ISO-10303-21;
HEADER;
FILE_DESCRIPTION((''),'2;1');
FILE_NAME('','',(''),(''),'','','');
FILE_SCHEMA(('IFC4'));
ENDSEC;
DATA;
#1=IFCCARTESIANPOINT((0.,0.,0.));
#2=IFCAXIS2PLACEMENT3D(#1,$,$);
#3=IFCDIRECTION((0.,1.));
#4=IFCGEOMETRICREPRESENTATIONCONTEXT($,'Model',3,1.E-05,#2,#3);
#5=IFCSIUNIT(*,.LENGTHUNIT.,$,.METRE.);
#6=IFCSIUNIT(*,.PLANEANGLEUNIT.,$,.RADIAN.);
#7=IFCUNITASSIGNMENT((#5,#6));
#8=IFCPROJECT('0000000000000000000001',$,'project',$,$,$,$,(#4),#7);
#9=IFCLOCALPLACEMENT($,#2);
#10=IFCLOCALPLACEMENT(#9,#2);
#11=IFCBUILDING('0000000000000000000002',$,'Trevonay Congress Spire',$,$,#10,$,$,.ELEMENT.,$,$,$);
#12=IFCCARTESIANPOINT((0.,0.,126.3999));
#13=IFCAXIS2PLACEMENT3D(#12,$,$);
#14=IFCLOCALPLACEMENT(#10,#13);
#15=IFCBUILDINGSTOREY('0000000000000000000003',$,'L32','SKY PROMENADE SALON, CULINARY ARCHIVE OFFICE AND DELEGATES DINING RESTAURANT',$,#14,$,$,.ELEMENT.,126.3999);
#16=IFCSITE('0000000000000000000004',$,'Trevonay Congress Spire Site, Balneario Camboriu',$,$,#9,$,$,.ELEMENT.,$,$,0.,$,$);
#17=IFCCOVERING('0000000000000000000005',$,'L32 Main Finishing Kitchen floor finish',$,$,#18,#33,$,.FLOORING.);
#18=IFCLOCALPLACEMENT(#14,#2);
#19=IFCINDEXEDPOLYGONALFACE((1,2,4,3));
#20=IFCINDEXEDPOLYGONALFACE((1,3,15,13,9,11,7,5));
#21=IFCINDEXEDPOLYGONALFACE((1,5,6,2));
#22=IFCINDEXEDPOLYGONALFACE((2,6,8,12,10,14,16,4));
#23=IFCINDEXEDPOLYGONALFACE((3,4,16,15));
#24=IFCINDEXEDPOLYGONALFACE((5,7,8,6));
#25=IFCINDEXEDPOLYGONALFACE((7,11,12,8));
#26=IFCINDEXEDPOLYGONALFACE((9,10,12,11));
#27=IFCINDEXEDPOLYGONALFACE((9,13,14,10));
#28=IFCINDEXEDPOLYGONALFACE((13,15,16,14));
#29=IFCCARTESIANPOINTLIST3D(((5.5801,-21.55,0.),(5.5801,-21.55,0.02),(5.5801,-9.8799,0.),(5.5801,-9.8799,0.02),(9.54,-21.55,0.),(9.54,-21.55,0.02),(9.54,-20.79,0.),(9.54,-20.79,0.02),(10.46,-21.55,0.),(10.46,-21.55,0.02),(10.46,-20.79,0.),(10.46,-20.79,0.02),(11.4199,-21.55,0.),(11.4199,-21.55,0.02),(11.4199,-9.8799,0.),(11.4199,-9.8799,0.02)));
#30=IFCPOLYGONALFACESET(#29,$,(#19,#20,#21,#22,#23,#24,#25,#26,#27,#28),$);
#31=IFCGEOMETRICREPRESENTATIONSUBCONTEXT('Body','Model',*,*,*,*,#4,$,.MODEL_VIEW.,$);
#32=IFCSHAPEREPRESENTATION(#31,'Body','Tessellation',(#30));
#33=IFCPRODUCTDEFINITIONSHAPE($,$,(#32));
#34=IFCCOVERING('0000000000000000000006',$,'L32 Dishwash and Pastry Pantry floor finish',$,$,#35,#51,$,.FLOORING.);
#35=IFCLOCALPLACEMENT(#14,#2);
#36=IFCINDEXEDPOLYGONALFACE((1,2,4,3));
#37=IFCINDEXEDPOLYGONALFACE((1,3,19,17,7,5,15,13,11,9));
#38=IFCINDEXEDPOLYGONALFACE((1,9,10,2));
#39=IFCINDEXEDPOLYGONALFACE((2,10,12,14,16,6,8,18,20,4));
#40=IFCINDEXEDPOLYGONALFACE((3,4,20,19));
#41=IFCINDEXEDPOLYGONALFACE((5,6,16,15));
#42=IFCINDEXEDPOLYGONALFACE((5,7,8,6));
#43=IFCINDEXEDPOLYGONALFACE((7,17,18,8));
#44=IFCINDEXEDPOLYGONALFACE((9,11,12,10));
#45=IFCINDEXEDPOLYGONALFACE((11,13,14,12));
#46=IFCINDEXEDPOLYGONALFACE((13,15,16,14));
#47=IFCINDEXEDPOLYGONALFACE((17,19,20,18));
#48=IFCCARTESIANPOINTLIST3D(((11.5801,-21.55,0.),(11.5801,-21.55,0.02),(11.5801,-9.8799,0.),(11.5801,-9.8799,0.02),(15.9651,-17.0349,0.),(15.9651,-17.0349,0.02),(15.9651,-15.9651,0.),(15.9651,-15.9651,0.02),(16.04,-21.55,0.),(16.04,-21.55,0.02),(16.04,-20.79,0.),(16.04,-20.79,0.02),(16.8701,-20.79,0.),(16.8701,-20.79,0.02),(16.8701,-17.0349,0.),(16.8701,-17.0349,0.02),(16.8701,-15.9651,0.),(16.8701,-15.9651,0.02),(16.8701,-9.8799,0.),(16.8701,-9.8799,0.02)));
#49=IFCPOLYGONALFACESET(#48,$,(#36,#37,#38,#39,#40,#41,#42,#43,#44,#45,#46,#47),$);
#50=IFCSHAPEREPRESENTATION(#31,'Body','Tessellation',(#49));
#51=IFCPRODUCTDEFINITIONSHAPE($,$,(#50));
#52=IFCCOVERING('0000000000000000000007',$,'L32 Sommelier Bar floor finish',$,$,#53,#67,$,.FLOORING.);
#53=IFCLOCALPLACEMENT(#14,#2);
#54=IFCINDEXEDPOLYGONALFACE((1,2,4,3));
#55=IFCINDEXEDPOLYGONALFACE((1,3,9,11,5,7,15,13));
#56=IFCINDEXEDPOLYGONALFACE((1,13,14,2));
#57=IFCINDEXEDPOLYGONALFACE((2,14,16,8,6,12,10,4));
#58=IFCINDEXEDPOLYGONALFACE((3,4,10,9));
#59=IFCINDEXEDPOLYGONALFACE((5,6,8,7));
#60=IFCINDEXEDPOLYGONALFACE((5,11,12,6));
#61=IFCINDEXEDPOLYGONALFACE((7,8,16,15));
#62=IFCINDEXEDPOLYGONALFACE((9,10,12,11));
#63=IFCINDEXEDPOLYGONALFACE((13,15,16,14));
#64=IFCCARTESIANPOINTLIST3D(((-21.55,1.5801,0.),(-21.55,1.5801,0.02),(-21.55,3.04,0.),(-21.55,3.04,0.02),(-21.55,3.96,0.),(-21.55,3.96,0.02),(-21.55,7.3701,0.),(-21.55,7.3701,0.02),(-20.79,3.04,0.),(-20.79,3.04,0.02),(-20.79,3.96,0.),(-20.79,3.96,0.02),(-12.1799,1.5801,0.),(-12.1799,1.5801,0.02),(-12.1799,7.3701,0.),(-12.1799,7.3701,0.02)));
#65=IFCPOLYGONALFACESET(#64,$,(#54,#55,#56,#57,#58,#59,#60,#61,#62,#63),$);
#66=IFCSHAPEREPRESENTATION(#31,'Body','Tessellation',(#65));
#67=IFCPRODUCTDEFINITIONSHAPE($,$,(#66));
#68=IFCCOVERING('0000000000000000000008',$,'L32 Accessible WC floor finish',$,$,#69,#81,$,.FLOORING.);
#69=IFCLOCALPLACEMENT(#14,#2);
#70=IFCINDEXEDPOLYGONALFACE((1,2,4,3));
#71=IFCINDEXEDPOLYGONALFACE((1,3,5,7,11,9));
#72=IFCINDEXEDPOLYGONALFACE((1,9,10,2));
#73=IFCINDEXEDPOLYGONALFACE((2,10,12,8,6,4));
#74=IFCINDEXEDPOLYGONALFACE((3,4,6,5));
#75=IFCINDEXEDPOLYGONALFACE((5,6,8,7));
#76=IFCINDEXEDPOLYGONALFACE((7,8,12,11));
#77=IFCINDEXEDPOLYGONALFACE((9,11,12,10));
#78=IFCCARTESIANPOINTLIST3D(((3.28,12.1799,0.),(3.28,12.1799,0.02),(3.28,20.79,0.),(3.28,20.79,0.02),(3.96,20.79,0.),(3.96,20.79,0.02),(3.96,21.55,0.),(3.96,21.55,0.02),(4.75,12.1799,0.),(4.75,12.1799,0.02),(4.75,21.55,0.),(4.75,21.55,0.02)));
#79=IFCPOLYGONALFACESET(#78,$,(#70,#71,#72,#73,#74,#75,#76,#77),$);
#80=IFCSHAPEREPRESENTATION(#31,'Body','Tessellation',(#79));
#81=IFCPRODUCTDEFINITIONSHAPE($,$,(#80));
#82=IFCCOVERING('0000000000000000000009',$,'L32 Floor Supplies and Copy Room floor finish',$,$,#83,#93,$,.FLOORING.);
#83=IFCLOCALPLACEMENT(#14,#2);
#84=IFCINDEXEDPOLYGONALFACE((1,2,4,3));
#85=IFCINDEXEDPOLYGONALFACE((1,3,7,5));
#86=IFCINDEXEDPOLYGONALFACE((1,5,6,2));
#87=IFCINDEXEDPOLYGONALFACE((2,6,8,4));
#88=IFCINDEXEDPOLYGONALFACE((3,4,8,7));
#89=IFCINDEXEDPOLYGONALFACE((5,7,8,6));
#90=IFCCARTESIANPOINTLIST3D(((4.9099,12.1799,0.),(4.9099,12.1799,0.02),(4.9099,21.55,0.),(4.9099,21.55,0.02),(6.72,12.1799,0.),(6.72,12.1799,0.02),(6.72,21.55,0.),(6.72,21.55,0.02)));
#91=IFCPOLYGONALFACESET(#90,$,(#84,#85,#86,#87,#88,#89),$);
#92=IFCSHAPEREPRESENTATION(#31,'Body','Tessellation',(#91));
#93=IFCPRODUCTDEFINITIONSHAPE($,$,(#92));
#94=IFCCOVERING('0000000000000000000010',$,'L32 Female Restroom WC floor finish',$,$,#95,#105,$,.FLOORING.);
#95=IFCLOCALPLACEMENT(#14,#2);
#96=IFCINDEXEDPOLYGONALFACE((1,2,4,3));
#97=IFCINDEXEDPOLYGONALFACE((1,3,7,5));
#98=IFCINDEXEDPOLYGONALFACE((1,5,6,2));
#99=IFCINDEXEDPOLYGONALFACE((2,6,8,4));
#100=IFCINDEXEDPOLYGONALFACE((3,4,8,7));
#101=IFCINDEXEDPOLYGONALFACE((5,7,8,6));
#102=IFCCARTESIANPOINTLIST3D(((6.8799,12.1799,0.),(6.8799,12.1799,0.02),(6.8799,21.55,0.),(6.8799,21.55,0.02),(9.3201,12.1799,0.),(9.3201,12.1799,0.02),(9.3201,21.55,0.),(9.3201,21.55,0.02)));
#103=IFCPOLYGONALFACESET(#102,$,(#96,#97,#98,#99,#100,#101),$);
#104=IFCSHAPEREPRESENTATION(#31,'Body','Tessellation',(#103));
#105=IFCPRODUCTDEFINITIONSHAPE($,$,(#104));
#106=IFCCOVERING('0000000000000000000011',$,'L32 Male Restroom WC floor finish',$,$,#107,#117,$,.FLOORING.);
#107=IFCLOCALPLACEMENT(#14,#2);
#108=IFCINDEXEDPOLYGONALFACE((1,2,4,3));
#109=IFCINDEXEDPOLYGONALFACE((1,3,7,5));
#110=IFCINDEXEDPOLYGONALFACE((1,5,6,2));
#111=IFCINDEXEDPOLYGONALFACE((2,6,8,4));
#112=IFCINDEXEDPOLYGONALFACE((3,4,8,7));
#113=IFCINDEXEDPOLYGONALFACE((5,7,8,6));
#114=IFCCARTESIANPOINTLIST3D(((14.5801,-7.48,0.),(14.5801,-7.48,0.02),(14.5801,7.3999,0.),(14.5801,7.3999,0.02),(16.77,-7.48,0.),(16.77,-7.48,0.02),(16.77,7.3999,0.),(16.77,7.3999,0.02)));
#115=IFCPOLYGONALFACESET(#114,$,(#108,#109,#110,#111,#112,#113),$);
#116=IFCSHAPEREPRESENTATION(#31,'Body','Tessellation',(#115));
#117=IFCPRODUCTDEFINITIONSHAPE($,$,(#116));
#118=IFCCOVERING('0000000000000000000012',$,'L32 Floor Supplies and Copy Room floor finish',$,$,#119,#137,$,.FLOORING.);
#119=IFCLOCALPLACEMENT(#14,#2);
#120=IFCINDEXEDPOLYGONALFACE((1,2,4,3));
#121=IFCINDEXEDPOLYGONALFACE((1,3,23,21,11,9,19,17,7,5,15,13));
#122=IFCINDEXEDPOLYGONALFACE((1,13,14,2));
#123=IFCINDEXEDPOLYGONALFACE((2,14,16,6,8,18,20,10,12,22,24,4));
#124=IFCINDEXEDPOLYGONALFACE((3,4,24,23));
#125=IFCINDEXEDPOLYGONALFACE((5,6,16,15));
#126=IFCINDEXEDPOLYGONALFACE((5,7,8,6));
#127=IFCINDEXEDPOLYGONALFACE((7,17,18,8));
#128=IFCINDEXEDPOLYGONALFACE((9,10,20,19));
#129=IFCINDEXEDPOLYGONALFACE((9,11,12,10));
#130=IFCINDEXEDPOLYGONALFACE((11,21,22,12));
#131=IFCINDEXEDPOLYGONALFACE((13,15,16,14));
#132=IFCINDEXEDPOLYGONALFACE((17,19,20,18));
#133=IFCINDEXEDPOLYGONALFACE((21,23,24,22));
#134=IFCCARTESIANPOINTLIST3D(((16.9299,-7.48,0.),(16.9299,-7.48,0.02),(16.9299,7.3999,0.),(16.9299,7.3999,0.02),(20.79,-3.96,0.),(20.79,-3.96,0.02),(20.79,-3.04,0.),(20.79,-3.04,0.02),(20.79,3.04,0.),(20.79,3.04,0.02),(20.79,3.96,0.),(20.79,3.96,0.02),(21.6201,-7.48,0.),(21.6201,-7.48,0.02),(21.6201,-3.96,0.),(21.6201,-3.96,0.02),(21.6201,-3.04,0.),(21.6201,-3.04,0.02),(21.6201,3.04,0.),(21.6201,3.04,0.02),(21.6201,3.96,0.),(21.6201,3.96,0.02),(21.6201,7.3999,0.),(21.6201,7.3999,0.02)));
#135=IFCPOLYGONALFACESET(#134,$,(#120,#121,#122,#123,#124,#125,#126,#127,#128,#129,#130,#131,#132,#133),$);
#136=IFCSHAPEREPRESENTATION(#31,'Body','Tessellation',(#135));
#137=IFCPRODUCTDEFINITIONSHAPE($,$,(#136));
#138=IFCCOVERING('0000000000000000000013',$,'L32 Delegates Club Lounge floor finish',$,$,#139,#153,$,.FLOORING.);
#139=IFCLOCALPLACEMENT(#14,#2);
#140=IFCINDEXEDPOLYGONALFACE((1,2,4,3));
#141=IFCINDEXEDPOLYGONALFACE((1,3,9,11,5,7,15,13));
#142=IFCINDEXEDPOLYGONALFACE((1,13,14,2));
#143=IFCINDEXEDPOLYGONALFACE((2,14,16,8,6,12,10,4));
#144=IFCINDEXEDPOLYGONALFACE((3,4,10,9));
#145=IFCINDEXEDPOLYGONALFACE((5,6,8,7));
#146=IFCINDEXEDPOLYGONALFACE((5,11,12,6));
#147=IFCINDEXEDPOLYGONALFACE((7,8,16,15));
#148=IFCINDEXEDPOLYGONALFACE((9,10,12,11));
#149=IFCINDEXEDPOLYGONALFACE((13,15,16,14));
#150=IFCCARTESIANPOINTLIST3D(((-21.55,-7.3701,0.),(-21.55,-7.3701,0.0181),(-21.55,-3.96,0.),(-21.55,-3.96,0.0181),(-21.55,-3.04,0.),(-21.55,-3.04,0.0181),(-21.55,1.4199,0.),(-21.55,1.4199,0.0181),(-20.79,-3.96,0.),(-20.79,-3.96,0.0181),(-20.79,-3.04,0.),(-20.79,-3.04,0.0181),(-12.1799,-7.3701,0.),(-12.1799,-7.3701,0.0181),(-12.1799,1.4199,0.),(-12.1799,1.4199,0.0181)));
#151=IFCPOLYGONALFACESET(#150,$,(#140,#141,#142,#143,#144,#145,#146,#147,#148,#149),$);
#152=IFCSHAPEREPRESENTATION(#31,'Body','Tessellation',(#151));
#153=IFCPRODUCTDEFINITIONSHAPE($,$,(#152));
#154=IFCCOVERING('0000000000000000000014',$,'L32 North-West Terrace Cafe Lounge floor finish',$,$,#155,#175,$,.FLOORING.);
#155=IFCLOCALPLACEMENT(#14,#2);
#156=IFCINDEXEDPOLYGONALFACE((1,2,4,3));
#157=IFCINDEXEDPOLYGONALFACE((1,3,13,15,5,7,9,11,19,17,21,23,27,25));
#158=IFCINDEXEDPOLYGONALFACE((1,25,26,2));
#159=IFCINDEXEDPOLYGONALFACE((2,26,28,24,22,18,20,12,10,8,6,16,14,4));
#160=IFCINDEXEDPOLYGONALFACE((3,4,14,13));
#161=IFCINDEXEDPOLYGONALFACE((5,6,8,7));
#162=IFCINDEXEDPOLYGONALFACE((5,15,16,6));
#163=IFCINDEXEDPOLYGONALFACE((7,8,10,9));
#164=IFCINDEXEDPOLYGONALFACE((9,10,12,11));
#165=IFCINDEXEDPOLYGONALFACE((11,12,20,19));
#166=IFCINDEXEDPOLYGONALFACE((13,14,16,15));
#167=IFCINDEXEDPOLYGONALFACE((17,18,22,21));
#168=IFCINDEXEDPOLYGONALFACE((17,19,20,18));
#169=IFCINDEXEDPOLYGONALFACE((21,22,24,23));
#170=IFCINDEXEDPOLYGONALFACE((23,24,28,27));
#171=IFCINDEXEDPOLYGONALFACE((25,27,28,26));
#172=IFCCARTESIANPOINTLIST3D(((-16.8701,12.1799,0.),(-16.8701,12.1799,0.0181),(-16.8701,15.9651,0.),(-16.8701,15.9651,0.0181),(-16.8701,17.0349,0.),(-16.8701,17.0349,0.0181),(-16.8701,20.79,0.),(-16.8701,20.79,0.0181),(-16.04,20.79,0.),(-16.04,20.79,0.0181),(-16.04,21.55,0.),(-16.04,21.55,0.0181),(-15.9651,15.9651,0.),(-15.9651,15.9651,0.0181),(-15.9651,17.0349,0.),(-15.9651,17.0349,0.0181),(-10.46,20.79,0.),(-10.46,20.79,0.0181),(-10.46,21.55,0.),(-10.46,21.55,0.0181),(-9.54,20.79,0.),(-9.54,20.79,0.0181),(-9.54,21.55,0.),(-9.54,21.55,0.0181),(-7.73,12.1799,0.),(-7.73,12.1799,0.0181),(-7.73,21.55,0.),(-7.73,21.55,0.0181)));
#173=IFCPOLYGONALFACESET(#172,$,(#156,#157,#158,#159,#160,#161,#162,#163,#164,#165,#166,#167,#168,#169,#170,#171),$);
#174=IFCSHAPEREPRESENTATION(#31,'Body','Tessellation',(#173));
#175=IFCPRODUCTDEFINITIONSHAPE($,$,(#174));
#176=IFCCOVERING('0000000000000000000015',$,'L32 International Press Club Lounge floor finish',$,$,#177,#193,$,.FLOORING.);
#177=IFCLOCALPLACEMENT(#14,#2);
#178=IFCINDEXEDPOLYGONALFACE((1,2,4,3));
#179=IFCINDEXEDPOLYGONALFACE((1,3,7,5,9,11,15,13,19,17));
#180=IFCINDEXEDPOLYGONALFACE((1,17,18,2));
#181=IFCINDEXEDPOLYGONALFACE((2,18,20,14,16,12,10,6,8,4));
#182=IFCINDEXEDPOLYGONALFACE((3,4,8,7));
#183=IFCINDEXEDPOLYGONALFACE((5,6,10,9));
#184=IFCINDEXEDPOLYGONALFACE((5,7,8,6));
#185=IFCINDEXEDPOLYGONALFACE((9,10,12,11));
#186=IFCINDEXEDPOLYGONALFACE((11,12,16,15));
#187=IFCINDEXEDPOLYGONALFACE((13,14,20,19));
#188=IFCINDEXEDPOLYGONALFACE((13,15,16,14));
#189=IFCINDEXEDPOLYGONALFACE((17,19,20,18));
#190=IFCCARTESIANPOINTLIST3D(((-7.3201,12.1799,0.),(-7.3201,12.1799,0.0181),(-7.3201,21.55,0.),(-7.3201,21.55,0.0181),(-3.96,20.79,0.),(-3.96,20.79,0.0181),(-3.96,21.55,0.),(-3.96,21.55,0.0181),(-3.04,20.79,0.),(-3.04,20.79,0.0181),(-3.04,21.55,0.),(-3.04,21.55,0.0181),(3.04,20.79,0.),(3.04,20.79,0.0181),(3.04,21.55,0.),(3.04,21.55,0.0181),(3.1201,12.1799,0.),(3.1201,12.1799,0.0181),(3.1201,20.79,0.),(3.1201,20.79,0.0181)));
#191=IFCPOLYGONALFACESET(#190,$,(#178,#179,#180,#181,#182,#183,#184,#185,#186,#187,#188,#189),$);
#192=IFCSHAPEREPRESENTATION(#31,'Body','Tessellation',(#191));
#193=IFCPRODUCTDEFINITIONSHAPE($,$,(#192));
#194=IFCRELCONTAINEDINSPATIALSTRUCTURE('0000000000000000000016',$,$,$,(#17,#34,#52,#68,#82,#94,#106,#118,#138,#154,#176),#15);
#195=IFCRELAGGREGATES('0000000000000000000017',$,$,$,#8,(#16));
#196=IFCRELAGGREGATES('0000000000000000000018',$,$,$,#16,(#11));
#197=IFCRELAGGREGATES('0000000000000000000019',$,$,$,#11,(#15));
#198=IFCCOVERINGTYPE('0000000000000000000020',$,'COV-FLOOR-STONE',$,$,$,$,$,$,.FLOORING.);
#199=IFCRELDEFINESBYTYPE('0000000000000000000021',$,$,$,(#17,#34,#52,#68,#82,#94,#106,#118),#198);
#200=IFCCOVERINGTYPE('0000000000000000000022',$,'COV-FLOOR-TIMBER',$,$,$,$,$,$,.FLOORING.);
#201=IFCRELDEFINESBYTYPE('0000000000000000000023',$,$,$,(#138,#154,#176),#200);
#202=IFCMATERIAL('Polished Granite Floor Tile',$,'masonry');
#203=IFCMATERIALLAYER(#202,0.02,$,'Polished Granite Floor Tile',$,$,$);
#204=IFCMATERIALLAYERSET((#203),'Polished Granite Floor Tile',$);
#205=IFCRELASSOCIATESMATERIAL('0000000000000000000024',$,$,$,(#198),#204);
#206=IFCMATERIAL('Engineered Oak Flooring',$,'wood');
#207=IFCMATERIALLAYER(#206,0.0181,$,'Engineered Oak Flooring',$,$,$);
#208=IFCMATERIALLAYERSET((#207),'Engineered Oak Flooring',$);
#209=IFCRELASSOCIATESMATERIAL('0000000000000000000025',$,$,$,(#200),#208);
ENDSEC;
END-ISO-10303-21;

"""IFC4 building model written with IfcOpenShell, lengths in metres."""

from ifc_helpers import new_model, si_unit, direction, frame, origin, place, context, subcontext, project, spatial, polyline, outline, extrude, material, layer, layer_set, type_object, element, save


model = new_model("IFC4")

# Units and contexts
model_context = context("Model", 3, precision=1e-05, world=origin(), true_north=direction((0.0, 1.0)))
body_context = subcontext(model_context, "Body", "Model", "MODEL_VIEW")
ifc_project = project(units=[si_unit("LENGTHUNIT", "METRE"), si_unit("PLANEANGLEUNIT", "RADIAN")], contexts=[model_context])

# Site, building, storey
site_placement = place(None, origin())
site = spatial("IfcSite", under=ifc_project, at=site_placement, Name="Trevonay Congress Spire Site, Balneario Camboriu", CompositionType="ELEMENT", RefElevation=0.0)
building_placement = place(site_placement, origin())
building = spatial("IfcBuilding", under=site, at=building_placement, Name="Trevonay Congress Spire", CompositionType="ELEMENT")
storey_placement = place(building_placement, frame((0.0, 0.0, 126.3999)))
storey = spatial("IfcBuildingStorey", under=building, at=storey_placement, Name="L32", Description="SKY PROMENADE SALON, CULINARY ARCHIVE OFFICE AND DELEGATES DINING RESTAURANT", CompositionType="ELEMENT", Elevation=126.3999)

# Coverings
ifc_material_1 = material(Name="Polished Granite Floor Tile", Category="masonry")
ifc_layer_1 = layer(ifc_material_1, 0.02, Name="Polished Granite Floor Tile")
ifc_layer_set_1 = layer_set([ifc_layer_1], Name="Polished Granite Floor Tile")
covering_type_1 = type_object("IfcCoveringType", Name="COV-FLOOR-STONE", PredefinedType="FLOORING", material=ifc_layer_set_1)
covering_1_placement = place(storey_placement, origin())
element("IfcCovering", 1, at=covering_1_placement, inside=storey, type_object=covering_type_1, Name="L32 Main Finishing Kitchen floor finish", PredefinedType="FLOORING", context=body_context, shape_type="SweptSolid", body=[
    extrude(outline(polyline([(5.5801, -21.55), (5.5801, -9.8799), (11.4199, -9.8799), (11.4199, -21.55), (10.46, -21.55), (10.46, -20.79), (9.54, -20.79), (9.54, -21.55), (5.5801, -21.55)])), origin(), (0.0, 0.0, 1.0), 0.02),
])
covering_2_placement = place(storey_placement, origin())
element("IfcCovering", 2, at=covering_2_placement, inside=storey, type_object=covering_type_1, Name="L32 Dishwash and Pastry Pantry floor finish", PredefinedType="FLOORING", context=body_context, shape_type="SweptSolid", body=[
    extrude(outline(polyline([(11.5801, -21.55), (11.5801, -9.8799), (16.8701, -9.8799), (16.8701, -15.9651), (15.9651, -15.9651), (15.9651, -17.0349), (16.8701, -17.0349), (16.8701, -20.79), (16.04, -20.79), (16.04, -21.55), (11.5801, -21.55)])), origin(), (0.0, 0.0, 1.0), 0.02),
])
covering_3_placement = place(storey_placement, origin())
element("IfcCovering", 3, at=covering_3_placement, inside=storey, type_object=covering_type_1, Name="L32 Sommelier Bar floor finish", PredefinedType="FLOORING", context=body_context, shape_type="SweptSolid", body=[
    extrude(outline(polyline([(-21.55, 7.3701), (-12.1799, 7.3701), (-12.1799, 1.5801), (-21.55, 1.5801), (-21.55, 3.04), (-20.79, 3.04), (-20.79, 3.96), (-21.55, 3.96), (-21.55, 7.3701)])), origin(), (0.0, 0.0, 1.0), 0.02),
])
covering_4_placement = place(storey_placement, origin())
element("IfcCovering", 4, at=covering_4_placement, inside=storey, type_object=covering_type_1, Name="L32 Accessible WC floor finish", PredefinedType="FLOORING", context=body_context, shape_type="SweptSolid", body=[
    extrude(outline(polyline([(4.75, 21.55), (4.75, 12.1799), (3.28, 12.1799), (3.28, 20.79), (3.96, 20.79), (3.96, 21.55), (4.75, 21.55)])), origin(), (0.0, 0.0, 1.0), 0.02),
])
covering_5_placement = place(storey_placement, origin())
element("IfcCovering", 5, at=covering_5_placement, inside=storey, type_object=covering_type_1, Name="L32 Floor Supplies and Copy Room floor finish", PredefinedType="FLOORING", context=body_context, shape_type="SweptSolid", body=[
    extrude(outline(polyline([(4.9099, 12.1799), (6.72, 12.1799), (6.72, 21.55), (4.9099, 21.55), (4.9099, 12.1799)])), origin(), (0.0, 0.0, 1.0), 0.02),
])
covering_6_placement = place(storey_placement, origin())
element("IfcCovering", 6, at=covering_6_placement, inside=storey, type_object=covering_type_1, Name="L32 Female Restroom WC floor finish", PredefinedType="FLOORING", context=body_context, shape_type="SweptSolid", body=[
    extrude(outline(polyline([(6.8799, 12.1799), (9.3201, 12.1799), (9.3201, 21.55), (6.8799, 21.55), (6.8799, 12.1799)])), origin(), (0.0, 0.0, 1.0), 0.02),
])
covering_7_placement = place(storey_placement, origin())
element("IfcCovering", 7, at=covering_7_placement, inside=storey, type_object=covering_type_1, Name="L32 Male Restroom WC floor finish", PredefinedType="FLOORING", context=body_context, shape_type="SweptSolid", body=[
    extrude(outline(polyline([(14.5801, -7.48), (16.77, -7.48), (16.77, 7.3999), (14.5801, 7.3999), (14.5801, -7.48)])), origin(), (0.0, 0.0, 1.0), 0.02),
])
covering_8_placement = place(storey_placement, origin())
element("IfcCovering", 8, at=covering_8_placement, inside=storey, type_object=covering_type_1, Name="L32 Floor Supplies and Copy Room floor finish", PredefinedType="FLOORING", context=body_context, shape_type="SweptSolid", body=[
    extrude(outline(polyline([(21.6201, -7.48), (16.9299, -7.48), (16.9299, 7.3999), (21.6201, 7.3999), (21.6201, 3.96), (20.79, 3.96), (20.79, 3.04), (21.6201, 3.04), (21.6201, -3.04), (20.79, -3.04), (20.79, -3.96), (21.6201, -3.96), (21.6201, -7.48)])), origin(), (0.0, 0.0, 1.0), 0.02),
])
ifc_material_2 = material(Name="Engineered Oak Flooring", Category="wood")
ifc_layer_2 = layer(ifc_material_2, 0.0181, Name="Engineered Oak Flooring")
ifc_layer_set_2 = layer_set([ifc_layer_2], Name="Engineered Oak Flooring")
covering_type_2 = type_object("IfcCoveringType", Name="COV-FLOOR-TIMBER", PredefinedType="FLOORING", material=ifc_layer_set_2)
covering_9_placement = place(storey_placement, origin())
element("IfcCovering", 9, at=covering_9_placement, inside=storey, type_object=covering_type_2, Name="L32 Delegates Club Lounge floor finish", PredefinedType="FLOORING", context=body_context, shape_type="SweptSolid", body=[
    extrude(outline(polyline([(-21.55, 1.4199), (-12.1799, 1.4199), (-12.1799, -7.3701), (-21.55, -7.3701), (-21.55, -3.96), (-20.79, -3.96), (-20.79, -3.04), (-21.55, -3.04), (-21.55, 1.4199)])), origin(), (0.0, 0.0, 1.0), 0.0181),
])
covering_10_placement = place(storey_placement, origin())
element("IfcCovering", 10, at=covering_10_placement, inside=storey, type_object=covering_type_2, Name="L32 North-West Terrace Cafe Lounge floor finish", PredefinedType="FLOORING", context=body_context, shape_type="SweptSolid", body=[
    extrude(outline(polyline([(-7.73, 21.55), (-7.73, 12.1799), (-16.8701, 12.1799), (-16.8701, 15.9651), (-15.9651, 15.9651), (-15.9651, 17.0349), (-16.8701, 17.0349), (-16.8701, 20.79), (-16.04, 20.79), (-16.04, 21.55), (-10.46, 21.55), (-10.46, 20.79), (-9.54, 20.79), (-9.54, 21.55), (-7.73, 21.55)])), origin(), (0.0, 0.0, 1.0), 0.0181),
])
covering_11_placement = place(storey_placement, origin())
element("IfcCovering", 11, at=covering_11_placement, inside=storey, type_object=covering_type_2, Name="L32 International Press Club Lounge floor finish", PredefinedType="FLOORING", context=body_context, shape_type="SweptSolid", body=[
    extrude(outline(polyline([(3.1201, 12.1799), (-7.3201, 12.1799), (-7.3201, 21.55), (-3.96, 21.55), (-3.96, 20.79), (-3.04, 20.79), (-3.04, 21.55), (3.04, 21.55), (3.04, 20.79), (3.1201, 20.79), (3.1201, 12.1799)])), origin(), (0.0, 0.0, 1.0), 0.0181),
])

save(model, "model.ifc")
